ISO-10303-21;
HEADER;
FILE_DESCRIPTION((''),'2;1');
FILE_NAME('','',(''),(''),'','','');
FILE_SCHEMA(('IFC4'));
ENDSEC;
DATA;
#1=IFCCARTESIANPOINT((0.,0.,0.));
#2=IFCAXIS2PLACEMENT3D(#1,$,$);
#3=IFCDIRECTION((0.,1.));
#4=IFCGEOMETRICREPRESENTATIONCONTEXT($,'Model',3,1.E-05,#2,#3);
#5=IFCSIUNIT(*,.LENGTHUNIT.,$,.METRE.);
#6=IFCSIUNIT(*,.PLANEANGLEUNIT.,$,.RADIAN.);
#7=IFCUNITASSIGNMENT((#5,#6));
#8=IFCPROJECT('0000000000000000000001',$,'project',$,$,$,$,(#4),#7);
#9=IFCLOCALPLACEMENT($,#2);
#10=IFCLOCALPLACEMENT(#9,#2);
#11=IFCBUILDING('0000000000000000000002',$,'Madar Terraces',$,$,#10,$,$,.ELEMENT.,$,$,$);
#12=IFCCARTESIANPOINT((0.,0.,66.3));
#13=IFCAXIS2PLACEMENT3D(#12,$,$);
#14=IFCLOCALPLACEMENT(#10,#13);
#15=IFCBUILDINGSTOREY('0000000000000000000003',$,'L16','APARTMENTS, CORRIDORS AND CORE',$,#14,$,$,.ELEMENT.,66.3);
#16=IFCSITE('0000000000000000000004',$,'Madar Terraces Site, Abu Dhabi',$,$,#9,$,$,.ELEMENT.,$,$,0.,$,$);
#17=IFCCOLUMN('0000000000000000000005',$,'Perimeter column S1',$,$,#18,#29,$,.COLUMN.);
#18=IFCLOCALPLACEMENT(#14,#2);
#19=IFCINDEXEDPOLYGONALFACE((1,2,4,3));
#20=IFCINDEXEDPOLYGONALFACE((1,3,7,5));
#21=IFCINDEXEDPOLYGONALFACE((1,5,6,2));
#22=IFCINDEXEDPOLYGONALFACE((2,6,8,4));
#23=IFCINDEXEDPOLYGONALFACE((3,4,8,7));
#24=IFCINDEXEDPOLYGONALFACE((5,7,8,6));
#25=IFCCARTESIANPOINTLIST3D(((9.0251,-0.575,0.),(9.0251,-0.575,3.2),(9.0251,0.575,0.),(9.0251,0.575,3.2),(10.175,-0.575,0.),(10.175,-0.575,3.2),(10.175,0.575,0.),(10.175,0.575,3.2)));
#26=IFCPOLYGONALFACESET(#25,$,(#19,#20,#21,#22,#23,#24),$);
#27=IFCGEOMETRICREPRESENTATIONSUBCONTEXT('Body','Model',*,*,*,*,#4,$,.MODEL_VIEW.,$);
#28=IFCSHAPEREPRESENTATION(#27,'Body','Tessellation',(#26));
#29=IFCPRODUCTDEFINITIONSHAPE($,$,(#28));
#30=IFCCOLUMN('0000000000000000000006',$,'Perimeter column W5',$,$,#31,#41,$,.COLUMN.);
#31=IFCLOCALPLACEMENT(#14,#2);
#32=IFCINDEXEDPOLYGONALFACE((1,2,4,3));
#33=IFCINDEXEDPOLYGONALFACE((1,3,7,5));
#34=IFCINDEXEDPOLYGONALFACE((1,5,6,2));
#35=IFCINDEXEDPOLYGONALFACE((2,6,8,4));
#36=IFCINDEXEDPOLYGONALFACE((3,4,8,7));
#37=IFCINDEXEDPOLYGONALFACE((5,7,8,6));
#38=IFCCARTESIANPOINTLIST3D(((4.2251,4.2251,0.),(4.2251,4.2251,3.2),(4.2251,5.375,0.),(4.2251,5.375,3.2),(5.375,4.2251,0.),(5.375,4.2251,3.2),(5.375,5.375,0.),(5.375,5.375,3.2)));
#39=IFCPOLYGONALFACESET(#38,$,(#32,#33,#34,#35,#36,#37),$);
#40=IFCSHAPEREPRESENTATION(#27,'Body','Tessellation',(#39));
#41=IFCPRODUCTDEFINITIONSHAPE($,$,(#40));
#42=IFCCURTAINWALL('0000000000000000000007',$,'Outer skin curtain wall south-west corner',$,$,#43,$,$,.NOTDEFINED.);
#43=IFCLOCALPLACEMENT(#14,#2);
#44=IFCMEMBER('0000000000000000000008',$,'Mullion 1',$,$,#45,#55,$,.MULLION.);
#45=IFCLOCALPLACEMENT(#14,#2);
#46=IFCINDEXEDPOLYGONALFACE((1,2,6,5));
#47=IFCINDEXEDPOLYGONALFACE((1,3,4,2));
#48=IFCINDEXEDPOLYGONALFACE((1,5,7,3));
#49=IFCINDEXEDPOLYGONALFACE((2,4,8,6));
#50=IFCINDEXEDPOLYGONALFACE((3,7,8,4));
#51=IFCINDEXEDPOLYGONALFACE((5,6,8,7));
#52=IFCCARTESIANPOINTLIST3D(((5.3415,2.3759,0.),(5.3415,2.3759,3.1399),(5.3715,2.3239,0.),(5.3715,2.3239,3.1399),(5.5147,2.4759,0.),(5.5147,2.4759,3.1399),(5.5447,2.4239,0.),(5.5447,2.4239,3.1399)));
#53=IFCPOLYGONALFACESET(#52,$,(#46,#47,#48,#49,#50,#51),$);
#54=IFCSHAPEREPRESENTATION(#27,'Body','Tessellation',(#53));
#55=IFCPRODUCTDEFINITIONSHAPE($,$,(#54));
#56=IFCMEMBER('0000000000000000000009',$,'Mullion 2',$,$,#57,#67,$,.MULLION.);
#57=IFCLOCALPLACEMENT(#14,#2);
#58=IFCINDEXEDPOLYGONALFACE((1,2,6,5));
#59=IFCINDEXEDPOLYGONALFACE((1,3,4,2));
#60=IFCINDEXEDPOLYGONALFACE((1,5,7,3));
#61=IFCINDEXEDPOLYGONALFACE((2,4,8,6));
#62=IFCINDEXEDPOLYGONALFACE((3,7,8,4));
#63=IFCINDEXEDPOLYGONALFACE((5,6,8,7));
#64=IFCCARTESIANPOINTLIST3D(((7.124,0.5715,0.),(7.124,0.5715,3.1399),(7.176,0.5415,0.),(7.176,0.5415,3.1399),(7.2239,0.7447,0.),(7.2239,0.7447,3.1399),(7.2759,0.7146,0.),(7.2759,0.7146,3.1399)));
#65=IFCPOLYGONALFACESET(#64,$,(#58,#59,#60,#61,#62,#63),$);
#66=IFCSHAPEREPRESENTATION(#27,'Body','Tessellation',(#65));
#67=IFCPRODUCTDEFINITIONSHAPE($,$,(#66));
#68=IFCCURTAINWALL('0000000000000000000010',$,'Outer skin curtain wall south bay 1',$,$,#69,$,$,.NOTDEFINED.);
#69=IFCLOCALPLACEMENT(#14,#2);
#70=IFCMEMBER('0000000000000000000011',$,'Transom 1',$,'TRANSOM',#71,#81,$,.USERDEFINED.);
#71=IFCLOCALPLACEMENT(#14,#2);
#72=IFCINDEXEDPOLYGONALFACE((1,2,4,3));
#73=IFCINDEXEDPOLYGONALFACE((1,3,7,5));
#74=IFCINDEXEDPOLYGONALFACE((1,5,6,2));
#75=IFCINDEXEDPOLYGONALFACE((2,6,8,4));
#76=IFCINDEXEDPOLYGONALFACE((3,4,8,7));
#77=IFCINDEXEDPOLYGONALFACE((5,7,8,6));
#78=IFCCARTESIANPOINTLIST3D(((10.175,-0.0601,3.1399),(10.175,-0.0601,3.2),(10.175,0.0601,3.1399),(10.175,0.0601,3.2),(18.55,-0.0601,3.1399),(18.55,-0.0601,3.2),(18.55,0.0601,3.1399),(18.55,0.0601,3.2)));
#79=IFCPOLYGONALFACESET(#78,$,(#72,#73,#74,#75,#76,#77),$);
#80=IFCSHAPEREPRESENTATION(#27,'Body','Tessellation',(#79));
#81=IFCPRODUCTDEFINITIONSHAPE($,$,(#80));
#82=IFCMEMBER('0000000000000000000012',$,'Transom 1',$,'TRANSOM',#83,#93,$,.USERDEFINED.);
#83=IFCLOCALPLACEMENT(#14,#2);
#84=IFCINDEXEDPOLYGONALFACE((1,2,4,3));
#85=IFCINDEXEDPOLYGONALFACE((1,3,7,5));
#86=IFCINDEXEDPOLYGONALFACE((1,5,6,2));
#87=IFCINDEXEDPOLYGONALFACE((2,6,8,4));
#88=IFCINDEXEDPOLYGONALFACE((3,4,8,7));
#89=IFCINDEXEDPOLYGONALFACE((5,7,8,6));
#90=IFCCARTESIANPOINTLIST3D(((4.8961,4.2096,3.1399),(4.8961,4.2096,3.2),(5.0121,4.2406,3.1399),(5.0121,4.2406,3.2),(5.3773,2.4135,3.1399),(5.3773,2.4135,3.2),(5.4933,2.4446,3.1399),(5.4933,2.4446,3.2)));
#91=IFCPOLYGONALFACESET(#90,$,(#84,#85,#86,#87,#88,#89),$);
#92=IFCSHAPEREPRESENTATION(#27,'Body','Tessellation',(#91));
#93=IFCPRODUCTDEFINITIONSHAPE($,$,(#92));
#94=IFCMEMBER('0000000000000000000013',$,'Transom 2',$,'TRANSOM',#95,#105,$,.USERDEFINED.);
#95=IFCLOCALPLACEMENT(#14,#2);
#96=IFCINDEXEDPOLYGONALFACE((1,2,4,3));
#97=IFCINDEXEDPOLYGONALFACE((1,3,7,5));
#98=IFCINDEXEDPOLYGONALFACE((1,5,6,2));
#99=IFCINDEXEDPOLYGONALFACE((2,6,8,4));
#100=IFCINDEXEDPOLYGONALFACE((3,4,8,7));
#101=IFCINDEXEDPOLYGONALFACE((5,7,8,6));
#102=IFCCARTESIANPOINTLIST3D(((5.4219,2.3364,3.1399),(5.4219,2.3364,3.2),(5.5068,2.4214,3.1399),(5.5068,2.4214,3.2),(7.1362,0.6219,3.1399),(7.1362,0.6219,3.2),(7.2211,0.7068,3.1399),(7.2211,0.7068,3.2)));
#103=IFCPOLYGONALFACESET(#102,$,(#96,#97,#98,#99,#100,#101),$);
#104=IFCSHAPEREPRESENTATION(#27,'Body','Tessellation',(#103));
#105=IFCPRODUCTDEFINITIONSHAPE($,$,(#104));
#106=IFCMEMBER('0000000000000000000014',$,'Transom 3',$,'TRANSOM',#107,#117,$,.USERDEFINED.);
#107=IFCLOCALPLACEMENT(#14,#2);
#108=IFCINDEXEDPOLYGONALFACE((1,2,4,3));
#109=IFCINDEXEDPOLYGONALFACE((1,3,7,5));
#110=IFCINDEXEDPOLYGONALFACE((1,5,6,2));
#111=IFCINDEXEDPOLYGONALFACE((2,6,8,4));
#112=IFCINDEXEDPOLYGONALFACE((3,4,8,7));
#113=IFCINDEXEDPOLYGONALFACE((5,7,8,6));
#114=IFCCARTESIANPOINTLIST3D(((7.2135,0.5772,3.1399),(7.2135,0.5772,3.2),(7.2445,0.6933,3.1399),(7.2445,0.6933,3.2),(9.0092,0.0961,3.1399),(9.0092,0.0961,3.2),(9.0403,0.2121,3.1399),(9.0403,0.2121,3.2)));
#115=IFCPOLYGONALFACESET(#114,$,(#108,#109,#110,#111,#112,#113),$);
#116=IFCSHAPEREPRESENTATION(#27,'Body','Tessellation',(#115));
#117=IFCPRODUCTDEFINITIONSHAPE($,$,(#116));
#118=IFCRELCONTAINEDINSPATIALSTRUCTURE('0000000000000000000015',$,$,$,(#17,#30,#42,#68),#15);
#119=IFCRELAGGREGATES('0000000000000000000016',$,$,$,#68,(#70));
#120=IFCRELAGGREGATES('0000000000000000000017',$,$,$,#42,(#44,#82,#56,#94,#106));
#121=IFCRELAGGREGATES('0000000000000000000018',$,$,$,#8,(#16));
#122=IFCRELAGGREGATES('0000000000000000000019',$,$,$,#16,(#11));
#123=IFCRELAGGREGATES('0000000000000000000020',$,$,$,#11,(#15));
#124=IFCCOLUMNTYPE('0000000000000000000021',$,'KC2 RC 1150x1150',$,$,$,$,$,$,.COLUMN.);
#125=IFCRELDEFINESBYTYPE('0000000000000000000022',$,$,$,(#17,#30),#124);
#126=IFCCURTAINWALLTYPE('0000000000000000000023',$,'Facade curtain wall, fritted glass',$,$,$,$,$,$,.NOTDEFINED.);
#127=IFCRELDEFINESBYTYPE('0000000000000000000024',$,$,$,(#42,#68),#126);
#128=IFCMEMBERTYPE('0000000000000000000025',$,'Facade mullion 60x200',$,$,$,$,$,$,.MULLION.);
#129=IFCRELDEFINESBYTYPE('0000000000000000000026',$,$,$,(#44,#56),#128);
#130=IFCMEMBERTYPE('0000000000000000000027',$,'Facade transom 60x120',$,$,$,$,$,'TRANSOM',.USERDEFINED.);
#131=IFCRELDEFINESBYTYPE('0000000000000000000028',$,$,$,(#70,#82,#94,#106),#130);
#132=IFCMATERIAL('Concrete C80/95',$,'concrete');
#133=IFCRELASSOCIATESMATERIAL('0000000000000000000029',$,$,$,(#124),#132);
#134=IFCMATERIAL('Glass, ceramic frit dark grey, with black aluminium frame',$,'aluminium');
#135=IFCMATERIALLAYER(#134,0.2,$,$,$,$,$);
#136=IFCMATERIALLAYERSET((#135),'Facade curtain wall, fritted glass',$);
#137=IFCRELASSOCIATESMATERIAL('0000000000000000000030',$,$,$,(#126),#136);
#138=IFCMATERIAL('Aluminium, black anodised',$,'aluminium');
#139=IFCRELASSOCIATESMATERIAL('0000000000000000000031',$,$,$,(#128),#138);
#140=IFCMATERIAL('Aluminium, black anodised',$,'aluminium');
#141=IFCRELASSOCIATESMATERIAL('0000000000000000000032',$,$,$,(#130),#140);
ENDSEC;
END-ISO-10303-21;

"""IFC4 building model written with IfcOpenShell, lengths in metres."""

from ifc_helpers import new_model, si_unit, direction, frame, origin, origin_2d, place, context, subcontext, project, spatial, rectangle, extrude, material, layer, layer_set, material_profile, profile_set, type_object, element, aggregate, save


model = new_model("IFC4")

# Units and contexts
model_context = context("Model", 3, precision=1e-05, world=origin(), true_north=direction((0.0, 1.0)))
body_context = subcontext(model_context, "Body", "Model", "MODEL_VIEW")
ifc_project = project(units=[si_unit("LENGTHUNIT", "METRE"), si_unit("PLANEANGLEUNIT", "RADIAN")], contexts=[model_context])

# Site, building, storey
site_placement = place(None, origin())
site = spatial("IfcSite", under=ifc_project, at=site_placement, Name="Madar Terraces Site, Abu Dhabi", CompositionType="ELEMENT", RefElevation=0.0)
building_placement = place(site_placement, origin())
building = spatial("IfcBuilding", under=site, at=building_placement, Name="Madar Terraces", CompositionType="ELEMENT")
storey_placement = place(building_placement, frame((0.0, 0.0, 66.3)))
storey = spatial("IfcBuildingStorey", under=building, at=storey_placement, Name="L16", Description="APARTMENTS, CORRIDORS AND CORE", CompositionType="ELEMENT", Elevation=66.3)

# Columns
ifc_material_1 = material(Name="Concrete C80/95", Category="concrete")
ifc_material_profile_1 = material_profile(ifc_material_1, rectangle(XDim=1.1499, YDim=1.1499, at=origin_2d()), Name="KC2 RC 1150x1150")
ifc_profile_set_1 = profile_set([ifc_material_profile_1], Name="Concrete C80/95")
column_type = type_object("IfcColumnType", Name="KC2 RC 1150x1150", PredefinedType="COLUMN", material=ifc_profile_set_1)
for number, where, z_axis, x_axis, name in (
    (1, (9.6001, 0.0, 0.0), (0.0, 0.0, 1.0), (1.0, 0.0, 0.0), "Perimeter column S1"),
    (2, (4.8, 4.8, 0.0), (0.0, 0.0, 1.0), (1.0, 0.0, 0.0), "Perimeter column W5"),
):
    element("IfcColumn", number, at=place(storey_placement, frame(where, z_axis=z_axis, x_axis=x_axis)), inside=storey, type_object=column_type, Name=name, PredefinedType="COLUMN", context=body_context, shape_type="SweptSolid", body=[
        extrude(rectangle(XDim=1.1499, YDim=1.1499, at=origin_2d()), origin(), (0.0, 0.0, 1.0), 3.2),
    ])

# Curtain wall, members
ifc_material_2 = material(Name="Glass, ceramic frit dark grey, with black aluminium frame", Category="aluminium")
ifc_layer_1 = layer(ifc_material_2, 0.2)
ifc_layer_set_1 = layer_set([ifc_layer_1], Name="Facade curtain wall, fritted glass")
curtain_wall_type = type_object("IfcCurtainWallType", Name="Facade curtain wall, fritted glass", PredefinedType="NOTDEFINED", material=ifc_layer_set_1)
curtain_wall_1_placement = place(storey_placement, origin())
curtain_wall_1 = element("IfcCurtainWall", 3, at=curtain_wall_1_placement, inside=storey, type_object=curtain_wall_type, Name="Outer skin curtain wall south-west corner", PredefinedType="NOTDEFINED")
ifc_material_3 = material(Name="Aluminium, black anodised", Category="aluminium")
ifc_material_profile_2 = material_profile(ifc_material_3, rectangle(XDim=0.2, YDim=0.0601, at=origin_2d()), Name="Facade mullion 60x200")
ifc_profile_set_2 = profile_set([ifc_material_profile_2], Name="Aluminium, black anodised")
member_type_1 = type_object("IfcMemberType", Name="Facade mullion 60x200", PredefinedType="MULLION", material=ifc_profile_set_2)
member_1_placement = place(storey_placement, frame((5.4431, 2.3999, 0.0), z_axis=(0.0, 0.0, 1.0), x_axis=(0.866025, 0.5, 0.0)))
member_1 = element("IfcMember", 4, at=member_1_placement, type_object=member_type_1, Name="Mullion 1", PredefinedType="MULLION", context=body_context, shape_type="SweptSolid", body=[
    extrude(rectangle(XDim=0.2, YDim=0.0601, at=origin_2d()), origin(), (0.0, 0.0, 1.0), 3.1399),
])
member_2_placement = place(storey_placement, frame((7.2, 0.6431, 0.0), z_axis=(0.0, 0.0, 1.0), x_axis=(0.5, 0.866025, 0.0)))
member_2 = element("IfcMember", 5, at=member_2_placement, type_object=member_type_1, Name="Mullion 2", PredefinedType="MULLION", context=body_context, shape_type="SweptSolid", body=[
    extrude(rectangle(XDim=0.2, YDim=0.0601, at=origin_2d()), origin(), (0.0, 0.0, 1.0), 3.1399),
])

# Curtain wall, member
curtain_wall_2_placement = place(storey_placement, origin())
curtain_wall_2 = element("IfcCurtainWall", 6, at=curtain_wall_2_placement, inside=storey, type_object=curtain_wall_type, Name="Outer skin curtain wall south bay 1", PredefinedType="NOTDEFINED")
ifc_material_4 = material(Name="Aluminium, black anodised", Category="aluminium")
ifc_material_profile_3 = material_profile(ifc_material_4, rectangle(XDim=0.1201, YDim=0.0601, at=origin_2d()), Name="Facade transom 60x120")
ifc_profile_set_3 = profile_set([ifc_material_profile_3], Name="Aluminium, black anodised")
member_type_2 = type_object("IfcMemberType", Name="Facade transom 60x120", ElementType="TRANSOM", PredefinedType="USERDEFINED", material=ifc_profile_set_3)
member_3_placement = place(storey_placement, frame((10.175, 0.0, 3.1699), z_axis=(1.0, 0.0, 0.0), x_axis=(0.0, 1.0, 0.0)))
member_3 = element("IfcMember", 7, at=member_3_placement, type_object=member_type_2, Name="Transom 1", ObjectType="TRANSOM", PredefinedType="USERDEFINED", context=body_context, shape_type="SweptSolid", body=[
    extrude(rectangle(XDim=0.1201, YDim=0.0601, at=origin_2d()), origin(), (0.0, 0.0, 1.0), 8.375),
])
aggregate(curtain_wall_2, [member_3])

# Members
member_4_placement = place(storey_placement, frame((4.9541, 4.2251, 3.1699), z_axis=(0.258782, -0.965936, 0.0), x_axis=(0.965936, 0.258782, 0.0)))
member_4 = element("IfcMember", 8, at=member_4_placement, type_object=member_type_2, Name="Transom 1", ObjectType="TRANSOM", PredefinedType="USERDEFINED", context=body_context, shape_type="SweptSolid", body=[
    extrude(rectangle(XDim=0.1201, YDim=0.0601, at=origin_2d()), origin(), (0.0, 0.0, 1.0), 1.8594),
])
member_5_placement = place(storey_placement, frame((5.4644, 2.3789, 3.1699), z_axis=(0.707056, -0.707157, 0.0), x_axis=(0.707157, 0.707056, 0.0)))
member_5 = element("IfcMember", 9, at=member_5_placement, type_object=member_type_2, Name="Transom 2", ObjectType="TRANSOM", PredefinedType="USERDEFINED", context=body_context, shape_type="SweptSolid", body=[
    extrude(rectangle(XDim=0.1201, YDim=0.0601, at=origin_2d()), origin(), (0.0, 0.0, 1.0), 2.4246),
])
member_6_placement = place(storey_placement, frame((7.229, 0.6353, 3.1699), z_axis=(0.965927, -0.258815, 0.0), x_axis=(0.258815, 0.965927, 0.0)))
member_6 = element("IfcMember", 10, at=member_6_placement, type_object=member_type_2, Name="Transom 3", ObjectType="TRANSOM", PredefinedType="USERDEFINED", context=body_context, shape_type="SweptSolid", body=[
    extrude(rectangle(XDim=0.1201, YDim=0.0601, at=origin_2d()), origin(), (0.0, 0.0, 1.0), 1.8591),
])

aggregate(curtain_wall_1, [member_1, member_4, member_2, member_5, member_6])

save(model, "model.ifc")
